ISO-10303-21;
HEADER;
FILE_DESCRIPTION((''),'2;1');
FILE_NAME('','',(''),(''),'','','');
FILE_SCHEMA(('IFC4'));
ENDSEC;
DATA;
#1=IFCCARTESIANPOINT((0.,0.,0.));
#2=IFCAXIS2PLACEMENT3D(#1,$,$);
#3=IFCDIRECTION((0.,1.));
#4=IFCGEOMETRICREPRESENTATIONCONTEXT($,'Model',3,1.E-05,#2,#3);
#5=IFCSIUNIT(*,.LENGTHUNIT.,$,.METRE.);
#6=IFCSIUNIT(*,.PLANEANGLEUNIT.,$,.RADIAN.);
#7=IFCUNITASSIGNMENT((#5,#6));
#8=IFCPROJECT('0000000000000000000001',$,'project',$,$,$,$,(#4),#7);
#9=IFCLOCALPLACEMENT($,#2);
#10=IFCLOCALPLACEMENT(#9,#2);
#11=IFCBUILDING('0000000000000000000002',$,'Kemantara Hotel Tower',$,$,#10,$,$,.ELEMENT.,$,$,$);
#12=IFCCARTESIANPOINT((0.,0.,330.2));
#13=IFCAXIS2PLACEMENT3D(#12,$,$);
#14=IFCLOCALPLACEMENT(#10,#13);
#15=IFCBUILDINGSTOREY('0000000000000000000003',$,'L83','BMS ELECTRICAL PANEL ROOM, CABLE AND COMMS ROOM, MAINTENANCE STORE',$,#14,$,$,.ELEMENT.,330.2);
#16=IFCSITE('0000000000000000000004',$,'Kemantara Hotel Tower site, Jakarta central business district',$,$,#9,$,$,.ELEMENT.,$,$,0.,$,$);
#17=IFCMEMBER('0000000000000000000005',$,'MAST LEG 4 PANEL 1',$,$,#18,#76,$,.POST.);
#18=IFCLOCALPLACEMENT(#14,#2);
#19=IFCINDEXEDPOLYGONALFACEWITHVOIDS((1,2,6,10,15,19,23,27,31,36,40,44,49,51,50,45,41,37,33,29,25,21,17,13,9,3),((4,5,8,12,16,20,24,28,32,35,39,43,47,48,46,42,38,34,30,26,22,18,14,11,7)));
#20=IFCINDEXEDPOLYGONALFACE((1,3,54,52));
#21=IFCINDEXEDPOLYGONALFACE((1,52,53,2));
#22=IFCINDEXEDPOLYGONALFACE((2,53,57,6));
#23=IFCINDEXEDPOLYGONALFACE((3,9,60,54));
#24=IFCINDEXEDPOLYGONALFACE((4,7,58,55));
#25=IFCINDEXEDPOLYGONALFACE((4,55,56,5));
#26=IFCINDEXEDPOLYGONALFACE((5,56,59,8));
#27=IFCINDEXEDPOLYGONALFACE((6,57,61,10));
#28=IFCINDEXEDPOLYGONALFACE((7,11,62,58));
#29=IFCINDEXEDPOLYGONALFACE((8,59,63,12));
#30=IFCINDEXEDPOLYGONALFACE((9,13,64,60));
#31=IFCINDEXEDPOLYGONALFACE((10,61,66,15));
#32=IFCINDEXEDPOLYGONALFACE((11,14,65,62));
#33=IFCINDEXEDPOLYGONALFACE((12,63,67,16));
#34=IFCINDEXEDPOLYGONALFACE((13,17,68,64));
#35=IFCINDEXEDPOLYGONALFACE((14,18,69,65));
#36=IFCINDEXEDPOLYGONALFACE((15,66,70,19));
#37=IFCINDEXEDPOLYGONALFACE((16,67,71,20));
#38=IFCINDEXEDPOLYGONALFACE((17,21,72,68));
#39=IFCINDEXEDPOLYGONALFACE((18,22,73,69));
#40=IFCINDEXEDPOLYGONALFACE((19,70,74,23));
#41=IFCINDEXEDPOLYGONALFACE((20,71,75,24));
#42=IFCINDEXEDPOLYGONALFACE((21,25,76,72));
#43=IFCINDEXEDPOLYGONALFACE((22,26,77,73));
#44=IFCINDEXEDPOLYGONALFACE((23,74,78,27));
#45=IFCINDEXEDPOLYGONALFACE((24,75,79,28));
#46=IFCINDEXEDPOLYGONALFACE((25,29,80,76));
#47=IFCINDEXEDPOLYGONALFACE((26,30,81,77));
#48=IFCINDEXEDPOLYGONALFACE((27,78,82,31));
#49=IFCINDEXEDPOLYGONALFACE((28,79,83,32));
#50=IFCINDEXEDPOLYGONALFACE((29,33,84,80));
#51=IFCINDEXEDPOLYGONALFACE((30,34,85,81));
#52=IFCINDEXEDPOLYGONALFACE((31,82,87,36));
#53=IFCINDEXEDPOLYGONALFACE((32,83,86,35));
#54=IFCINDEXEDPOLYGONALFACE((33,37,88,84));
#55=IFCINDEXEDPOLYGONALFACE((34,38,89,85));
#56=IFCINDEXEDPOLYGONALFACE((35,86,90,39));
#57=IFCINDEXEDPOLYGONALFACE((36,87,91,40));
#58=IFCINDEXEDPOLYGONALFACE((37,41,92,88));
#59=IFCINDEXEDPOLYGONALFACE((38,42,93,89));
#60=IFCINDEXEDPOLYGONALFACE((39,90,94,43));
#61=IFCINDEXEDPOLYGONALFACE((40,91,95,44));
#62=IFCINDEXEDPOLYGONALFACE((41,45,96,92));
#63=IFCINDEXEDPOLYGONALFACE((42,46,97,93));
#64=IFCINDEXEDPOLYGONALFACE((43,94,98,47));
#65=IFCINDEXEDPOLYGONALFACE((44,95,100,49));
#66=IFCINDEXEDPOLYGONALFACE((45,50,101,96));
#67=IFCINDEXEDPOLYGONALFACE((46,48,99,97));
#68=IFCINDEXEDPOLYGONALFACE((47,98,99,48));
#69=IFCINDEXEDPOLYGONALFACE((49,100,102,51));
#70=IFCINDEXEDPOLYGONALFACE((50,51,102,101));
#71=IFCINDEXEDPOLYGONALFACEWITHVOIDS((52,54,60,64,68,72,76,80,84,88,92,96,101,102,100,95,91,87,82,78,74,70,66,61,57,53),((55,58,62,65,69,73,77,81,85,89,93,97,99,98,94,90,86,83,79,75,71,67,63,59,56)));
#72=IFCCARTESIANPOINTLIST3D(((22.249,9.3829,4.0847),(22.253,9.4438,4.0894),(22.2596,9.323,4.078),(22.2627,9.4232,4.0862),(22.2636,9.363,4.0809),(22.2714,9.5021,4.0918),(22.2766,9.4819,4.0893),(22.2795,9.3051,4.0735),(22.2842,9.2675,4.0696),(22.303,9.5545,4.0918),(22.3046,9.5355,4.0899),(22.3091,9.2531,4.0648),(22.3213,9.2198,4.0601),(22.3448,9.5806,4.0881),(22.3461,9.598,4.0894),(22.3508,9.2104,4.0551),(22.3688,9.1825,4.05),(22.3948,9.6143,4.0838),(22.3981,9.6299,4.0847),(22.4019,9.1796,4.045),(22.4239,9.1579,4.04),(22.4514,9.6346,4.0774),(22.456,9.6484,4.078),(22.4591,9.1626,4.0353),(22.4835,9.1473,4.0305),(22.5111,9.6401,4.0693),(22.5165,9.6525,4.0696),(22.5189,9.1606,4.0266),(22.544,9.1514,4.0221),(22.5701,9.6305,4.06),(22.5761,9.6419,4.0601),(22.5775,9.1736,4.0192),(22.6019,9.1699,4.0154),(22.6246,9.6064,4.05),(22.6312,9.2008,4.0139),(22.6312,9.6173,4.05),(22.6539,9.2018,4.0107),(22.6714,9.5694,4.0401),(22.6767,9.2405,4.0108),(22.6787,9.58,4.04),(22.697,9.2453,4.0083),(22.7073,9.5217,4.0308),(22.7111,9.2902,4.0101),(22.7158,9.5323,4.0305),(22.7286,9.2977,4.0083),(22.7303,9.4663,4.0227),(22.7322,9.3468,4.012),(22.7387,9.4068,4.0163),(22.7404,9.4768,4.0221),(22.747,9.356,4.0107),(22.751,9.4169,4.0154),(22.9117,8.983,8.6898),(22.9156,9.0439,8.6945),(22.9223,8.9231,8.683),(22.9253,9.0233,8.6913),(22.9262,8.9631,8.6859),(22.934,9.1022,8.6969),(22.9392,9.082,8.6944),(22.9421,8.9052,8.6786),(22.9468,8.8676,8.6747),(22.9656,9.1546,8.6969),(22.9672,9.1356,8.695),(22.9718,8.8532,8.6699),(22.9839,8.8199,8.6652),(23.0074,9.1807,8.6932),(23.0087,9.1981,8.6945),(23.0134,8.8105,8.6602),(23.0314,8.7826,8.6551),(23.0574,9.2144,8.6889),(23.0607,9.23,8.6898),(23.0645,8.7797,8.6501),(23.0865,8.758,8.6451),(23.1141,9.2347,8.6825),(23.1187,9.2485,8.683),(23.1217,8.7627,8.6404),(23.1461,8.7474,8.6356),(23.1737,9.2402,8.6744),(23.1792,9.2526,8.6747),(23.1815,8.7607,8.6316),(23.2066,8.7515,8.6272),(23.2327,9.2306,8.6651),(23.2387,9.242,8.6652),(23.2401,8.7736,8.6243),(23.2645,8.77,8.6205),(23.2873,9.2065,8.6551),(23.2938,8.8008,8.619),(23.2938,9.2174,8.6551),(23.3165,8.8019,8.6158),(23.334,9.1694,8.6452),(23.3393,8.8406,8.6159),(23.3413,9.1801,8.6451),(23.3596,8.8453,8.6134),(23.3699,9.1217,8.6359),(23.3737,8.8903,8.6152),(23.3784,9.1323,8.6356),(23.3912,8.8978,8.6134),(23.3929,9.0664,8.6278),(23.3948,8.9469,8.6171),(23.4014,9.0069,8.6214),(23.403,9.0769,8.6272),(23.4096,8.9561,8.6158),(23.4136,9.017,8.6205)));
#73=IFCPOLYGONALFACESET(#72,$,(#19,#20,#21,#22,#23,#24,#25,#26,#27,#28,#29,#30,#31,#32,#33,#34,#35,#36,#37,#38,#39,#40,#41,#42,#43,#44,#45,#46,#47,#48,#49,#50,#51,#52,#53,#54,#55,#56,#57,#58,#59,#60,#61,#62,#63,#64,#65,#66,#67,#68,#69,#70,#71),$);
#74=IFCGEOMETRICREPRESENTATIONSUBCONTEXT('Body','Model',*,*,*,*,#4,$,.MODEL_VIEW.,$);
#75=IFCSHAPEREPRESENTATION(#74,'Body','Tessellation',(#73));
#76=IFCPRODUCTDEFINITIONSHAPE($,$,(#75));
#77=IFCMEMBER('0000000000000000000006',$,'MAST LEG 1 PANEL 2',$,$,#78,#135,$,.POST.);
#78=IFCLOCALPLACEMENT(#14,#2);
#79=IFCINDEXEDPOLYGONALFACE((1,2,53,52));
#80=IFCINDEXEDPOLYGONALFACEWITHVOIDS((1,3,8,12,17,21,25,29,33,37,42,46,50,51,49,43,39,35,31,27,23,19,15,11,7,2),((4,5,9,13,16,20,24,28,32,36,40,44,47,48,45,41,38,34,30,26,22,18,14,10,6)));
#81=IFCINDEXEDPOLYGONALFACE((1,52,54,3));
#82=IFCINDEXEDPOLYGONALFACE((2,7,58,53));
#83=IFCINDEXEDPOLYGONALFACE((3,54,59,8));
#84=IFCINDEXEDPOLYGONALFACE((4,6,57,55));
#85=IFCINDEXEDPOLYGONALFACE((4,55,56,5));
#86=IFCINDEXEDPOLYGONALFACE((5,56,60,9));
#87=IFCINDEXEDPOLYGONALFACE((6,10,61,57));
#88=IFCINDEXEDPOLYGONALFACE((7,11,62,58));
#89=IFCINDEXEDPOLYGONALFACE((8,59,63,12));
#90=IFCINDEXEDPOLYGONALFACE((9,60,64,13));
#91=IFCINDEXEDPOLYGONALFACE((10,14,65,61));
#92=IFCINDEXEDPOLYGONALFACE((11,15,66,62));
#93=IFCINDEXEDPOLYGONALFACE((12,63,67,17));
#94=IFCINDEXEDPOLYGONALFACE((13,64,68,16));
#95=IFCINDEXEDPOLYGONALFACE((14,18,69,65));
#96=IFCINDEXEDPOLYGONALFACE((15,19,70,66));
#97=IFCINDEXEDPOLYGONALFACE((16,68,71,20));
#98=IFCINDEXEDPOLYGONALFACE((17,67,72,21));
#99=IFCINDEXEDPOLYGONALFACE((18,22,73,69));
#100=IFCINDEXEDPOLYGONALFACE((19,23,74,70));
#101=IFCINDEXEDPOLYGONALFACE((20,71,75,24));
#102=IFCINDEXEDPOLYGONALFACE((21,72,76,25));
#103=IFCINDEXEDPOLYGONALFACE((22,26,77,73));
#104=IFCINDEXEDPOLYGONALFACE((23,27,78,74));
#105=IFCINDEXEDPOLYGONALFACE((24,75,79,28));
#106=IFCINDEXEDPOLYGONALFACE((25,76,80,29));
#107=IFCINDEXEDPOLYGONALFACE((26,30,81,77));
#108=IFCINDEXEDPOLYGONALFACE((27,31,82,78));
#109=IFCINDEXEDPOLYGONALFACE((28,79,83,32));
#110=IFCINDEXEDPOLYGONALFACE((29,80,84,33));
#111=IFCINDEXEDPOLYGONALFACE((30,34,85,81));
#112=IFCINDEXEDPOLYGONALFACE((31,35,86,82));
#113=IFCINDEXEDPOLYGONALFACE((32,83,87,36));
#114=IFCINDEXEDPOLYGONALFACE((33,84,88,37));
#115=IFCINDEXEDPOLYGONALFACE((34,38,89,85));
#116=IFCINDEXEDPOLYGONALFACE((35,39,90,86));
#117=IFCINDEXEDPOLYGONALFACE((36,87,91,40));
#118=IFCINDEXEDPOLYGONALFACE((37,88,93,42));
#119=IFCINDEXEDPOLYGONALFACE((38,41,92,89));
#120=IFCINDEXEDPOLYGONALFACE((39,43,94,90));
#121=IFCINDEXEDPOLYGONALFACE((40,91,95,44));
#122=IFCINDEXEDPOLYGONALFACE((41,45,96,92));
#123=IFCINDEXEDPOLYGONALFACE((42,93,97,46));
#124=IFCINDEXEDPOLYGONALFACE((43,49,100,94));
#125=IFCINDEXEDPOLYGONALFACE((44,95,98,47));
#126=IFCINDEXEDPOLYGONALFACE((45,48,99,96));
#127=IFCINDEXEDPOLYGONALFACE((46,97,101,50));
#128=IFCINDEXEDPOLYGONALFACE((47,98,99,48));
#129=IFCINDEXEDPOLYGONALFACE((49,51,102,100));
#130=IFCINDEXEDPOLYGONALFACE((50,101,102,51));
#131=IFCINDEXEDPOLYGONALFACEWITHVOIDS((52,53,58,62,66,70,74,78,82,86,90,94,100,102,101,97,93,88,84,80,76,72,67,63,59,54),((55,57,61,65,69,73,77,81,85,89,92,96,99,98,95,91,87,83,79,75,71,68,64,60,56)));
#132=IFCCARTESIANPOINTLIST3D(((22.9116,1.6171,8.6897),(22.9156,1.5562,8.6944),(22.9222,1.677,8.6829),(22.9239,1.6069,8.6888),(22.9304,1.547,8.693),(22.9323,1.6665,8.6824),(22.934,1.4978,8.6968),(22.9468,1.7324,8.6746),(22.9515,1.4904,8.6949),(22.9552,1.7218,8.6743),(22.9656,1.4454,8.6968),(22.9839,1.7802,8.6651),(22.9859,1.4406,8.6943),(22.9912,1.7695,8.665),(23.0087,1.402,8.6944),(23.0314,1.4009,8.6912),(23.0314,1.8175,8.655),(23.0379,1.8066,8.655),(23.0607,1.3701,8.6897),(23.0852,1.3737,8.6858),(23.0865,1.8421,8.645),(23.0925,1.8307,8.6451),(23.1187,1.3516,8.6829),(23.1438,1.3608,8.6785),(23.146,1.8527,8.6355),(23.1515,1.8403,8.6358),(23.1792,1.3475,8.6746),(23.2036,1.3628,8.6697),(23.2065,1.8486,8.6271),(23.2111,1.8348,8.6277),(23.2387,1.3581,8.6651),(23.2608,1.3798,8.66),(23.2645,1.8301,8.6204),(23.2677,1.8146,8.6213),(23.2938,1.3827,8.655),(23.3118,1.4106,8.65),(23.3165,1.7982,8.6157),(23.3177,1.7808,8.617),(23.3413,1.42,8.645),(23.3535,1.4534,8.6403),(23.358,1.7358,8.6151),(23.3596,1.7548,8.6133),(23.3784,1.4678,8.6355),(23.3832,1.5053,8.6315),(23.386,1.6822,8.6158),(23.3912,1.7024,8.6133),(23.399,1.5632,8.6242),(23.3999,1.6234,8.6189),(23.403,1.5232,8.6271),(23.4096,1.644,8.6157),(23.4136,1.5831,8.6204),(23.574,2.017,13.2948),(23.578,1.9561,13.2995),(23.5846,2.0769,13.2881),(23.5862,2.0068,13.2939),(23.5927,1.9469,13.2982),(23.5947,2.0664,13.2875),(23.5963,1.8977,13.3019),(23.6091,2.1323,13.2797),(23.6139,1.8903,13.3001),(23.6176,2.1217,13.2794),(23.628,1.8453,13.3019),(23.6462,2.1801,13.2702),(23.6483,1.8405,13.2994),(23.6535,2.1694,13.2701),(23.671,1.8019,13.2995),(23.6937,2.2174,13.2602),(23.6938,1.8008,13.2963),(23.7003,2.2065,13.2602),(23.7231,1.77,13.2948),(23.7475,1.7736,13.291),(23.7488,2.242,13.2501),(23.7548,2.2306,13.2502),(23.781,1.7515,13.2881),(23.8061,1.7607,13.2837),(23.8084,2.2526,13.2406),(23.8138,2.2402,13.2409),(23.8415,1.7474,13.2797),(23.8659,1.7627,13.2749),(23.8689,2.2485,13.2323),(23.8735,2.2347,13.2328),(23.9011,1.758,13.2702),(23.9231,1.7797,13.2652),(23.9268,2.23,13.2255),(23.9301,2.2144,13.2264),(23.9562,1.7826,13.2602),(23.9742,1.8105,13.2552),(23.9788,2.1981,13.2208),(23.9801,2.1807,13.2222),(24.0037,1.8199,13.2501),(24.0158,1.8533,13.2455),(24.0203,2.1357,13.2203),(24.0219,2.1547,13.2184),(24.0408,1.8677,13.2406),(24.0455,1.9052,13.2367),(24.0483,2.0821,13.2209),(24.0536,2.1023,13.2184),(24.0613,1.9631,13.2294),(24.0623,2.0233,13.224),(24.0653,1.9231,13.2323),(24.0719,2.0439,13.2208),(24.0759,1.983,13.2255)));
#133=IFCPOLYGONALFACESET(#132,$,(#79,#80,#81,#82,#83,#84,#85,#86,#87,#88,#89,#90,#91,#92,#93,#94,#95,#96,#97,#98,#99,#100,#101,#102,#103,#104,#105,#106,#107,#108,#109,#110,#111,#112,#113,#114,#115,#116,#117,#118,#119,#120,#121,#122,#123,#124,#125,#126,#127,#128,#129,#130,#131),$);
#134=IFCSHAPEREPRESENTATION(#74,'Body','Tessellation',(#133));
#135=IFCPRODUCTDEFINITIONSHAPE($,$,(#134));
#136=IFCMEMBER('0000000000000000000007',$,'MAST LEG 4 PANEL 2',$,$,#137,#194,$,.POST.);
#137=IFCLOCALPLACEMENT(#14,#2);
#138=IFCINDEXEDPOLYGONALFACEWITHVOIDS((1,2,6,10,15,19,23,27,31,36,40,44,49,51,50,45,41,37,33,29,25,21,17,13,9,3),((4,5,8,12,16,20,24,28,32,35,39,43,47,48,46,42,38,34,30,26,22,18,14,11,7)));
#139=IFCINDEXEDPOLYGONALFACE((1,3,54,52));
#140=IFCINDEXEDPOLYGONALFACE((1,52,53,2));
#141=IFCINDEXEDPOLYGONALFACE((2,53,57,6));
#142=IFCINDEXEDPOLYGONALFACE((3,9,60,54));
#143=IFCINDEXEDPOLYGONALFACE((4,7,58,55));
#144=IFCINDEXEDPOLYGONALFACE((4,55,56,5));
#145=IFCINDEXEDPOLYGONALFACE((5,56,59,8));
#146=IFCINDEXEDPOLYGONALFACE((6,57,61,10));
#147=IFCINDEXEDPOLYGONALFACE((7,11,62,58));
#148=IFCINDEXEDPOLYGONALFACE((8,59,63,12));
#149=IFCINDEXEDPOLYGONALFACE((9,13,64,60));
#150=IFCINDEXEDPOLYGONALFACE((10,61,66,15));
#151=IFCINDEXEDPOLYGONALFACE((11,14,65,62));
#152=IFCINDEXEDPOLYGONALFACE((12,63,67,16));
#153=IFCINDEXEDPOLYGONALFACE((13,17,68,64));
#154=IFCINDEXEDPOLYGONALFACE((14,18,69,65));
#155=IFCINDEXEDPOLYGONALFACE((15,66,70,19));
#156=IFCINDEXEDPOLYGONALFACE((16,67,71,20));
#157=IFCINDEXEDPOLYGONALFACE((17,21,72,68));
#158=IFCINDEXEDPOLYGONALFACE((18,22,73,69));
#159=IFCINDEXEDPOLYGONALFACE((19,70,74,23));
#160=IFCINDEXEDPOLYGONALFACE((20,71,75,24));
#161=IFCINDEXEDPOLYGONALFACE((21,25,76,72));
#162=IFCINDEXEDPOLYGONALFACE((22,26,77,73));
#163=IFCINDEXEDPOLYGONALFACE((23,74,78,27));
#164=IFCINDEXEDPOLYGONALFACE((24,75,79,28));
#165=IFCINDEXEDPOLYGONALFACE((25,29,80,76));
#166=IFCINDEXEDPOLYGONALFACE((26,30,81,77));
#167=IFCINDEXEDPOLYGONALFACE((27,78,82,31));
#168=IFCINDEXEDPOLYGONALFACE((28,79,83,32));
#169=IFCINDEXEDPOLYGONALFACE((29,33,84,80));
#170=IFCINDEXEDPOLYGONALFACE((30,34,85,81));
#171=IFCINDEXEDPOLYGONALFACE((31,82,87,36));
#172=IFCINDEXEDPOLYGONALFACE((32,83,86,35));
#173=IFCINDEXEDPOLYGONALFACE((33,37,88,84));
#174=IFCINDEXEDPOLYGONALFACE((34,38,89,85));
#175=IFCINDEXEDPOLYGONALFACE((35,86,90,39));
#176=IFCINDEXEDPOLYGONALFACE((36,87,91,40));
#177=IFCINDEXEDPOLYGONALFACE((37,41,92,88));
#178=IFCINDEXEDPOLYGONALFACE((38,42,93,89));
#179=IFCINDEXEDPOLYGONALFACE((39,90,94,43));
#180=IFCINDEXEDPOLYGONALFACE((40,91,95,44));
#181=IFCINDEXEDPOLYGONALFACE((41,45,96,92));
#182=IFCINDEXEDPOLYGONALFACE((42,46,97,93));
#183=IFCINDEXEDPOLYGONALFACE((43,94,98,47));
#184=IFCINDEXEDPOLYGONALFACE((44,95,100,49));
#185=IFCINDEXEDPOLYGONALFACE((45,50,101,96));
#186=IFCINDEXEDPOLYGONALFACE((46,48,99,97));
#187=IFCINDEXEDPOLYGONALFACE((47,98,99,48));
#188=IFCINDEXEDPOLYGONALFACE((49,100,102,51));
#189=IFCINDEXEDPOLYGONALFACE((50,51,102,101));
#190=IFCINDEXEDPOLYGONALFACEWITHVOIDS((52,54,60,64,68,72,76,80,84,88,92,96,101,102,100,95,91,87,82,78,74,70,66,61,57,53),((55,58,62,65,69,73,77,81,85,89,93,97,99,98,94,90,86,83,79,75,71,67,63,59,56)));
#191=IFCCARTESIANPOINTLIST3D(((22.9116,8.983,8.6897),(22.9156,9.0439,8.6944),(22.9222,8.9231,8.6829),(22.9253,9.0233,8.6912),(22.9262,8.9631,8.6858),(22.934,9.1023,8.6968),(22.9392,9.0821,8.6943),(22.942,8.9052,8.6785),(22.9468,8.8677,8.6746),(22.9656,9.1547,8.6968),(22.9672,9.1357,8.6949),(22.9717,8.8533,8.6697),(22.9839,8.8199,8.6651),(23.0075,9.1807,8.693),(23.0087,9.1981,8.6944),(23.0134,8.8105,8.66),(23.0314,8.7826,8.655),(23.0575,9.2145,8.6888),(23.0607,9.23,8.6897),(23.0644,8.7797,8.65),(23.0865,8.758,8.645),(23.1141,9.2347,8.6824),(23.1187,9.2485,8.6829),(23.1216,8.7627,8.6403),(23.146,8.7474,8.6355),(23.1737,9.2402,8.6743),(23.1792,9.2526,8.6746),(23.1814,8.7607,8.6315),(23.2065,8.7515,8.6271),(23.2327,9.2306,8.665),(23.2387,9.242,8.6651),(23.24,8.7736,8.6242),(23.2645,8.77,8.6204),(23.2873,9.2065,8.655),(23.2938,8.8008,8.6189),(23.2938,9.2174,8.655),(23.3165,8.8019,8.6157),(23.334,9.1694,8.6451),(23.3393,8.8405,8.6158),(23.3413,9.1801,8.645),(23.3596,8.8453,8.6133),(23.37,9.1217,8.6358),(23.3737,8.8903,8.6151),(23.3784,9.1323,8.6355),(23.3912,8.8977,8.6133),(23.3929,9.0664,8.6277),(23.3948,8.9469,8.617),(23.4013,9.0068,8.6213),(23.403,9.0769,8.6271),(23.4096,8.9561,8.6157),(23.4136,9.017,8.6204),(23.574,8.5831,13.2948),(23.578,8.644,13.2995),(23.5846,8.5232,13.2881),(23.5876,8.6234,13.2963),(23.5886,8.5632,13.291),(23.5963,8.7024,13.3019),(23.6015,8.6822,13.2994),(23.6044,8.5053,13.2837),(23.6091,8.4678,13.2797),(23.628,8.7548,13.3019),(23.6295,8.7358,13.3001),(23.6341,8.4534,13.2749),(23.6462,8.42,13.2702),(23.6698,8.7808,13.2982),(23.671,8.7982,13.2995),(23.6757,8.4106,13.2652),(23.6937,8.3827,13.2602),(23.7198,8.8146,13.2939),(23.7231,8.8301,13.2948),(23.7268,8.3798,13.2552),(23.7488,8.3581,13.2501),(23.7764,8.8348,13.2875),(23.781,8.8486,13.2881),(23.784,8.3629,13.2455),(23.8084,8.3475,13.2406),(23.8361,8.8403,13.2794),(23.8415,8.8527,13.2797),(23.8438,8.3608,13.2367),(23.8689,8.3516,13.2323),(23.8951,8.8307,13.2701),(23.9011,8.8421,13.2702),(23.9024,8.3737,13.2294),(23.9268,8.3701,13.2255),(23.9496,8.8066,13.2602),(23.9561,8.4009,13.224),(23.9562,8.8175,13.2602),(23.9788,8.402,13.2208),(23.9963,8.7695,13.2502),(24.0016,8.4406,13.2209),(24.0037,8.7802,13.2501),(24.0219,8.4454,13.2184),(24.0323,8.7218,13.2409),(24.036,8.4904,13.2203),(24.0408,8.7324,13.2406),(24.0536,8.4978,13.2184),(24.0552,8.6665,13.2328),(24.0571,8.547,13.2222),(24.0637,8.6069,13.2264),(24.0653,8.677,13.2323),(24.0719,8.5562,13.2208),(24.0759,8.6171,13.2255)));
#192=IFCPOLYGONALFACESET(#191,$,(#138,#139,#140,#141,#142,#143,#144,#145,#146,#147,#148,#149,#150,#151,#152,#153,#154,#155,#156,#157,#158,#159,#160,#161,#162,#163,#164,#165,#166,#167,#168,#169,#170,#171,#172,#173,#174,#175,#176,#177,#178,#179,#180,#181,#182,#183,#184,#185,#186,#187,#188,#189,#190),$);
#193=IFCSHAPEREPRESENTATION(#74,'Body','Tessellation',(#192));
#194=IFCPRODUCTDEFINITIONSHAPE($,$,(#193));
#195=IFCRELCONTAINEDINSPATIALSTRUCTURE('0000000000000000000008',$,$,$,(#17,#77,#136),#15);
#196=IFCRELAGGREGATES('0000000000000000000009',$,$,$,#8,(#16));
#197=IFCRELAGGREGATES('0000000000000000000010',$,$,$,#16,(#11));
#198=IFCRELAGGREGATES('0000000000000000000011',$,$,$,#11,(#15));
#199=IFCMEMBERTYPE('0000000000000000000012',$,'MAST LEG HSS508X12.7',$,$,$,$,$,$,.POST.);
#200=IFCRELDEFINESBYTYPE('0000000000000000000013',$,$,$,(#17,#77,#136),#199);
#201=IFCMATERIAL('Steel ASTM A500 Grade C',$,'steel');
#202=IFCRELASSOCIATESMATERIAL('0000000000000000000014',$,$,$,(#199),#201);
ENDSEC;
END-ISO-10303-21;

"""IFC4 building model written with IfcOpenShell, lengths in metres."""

from ifc_helpers import new_model, si_unit, direction, frame, origin, origin_2d, place, context, subcontext, project, spatial, hollow_circle, extrude, material, material_profile, profile_set, type_object, element, save


model = new_model("IFC4")

# Units and contexts
model_context = context("Model", 3, precision=1e-05, world=origin(), true_north=direction((0.0, 1.0)))
body_context = subcontext(model_context, "Body", "Model", "MODEL_VIEW")
ifc_project = project(units=[si_unit("LENGTHUNIT", "METRE"), si_unit("PLANEANGLEUNIT", "RADIAN")], contexts=[model_context])

# Site, building, storey
site_placement = place(None, origin())
site = spatial("IfcSite", under=ifc_project, at=site_placement, Name="Kemantara Hotel Tower site, Jakarta central business district", CompositionType="ELEMENT", RefElevation=0.0)
building_placement = place(site_placement, origin())
building = spatial("IfcBuilding", under=site, at=building_placement, Name="Kemantara Hotel Tower", CompositionType="ELEMENT")
storey_placement = place(building_placement, frame((0.0, 0.0, 330.2)))
storey = spatial("IfcBuildingStorey", under=building, at=storey_placement, Name="L83", Description="BMS ELECTRICAL PANEL ROOM, CABLE AND COMMS ROOM, MAINTENANCE STORE", CompositionType="ELEMENT", Elevation=330.2)

# Members
ifc_material_1 = material(Name="Steel ASTM A500 Grade C", Category="steel")
ifc_material_profile_1 = material_profile(ifc_material_1, hollow_circle(Radius=0.2539, WallThickness=0.0127, at=origin_2d()), Name="HSS508X12.7")
ifc_profile_set_1 = profile_set([ifc_material_profile_1], Name="Steel ASTM A500 Grade C")
member_type_1 = type_object("IfcMemberType", Name="MAST LEG HSS508X12.7", PredefinedType="POST", material=ifc_profile_set_1)
for number, where, z_axis, x_axis, name in (
    (1, (22.5, 9.3999, 4.05), (0.141897, -0.08564, 0.98617), (0.516721, 0.856154, 0.0), "MAST LEG 4 PANEL 1"),
    (2, (23.1626, 1.6001, 8.655), (0.141839, 0.085636, 0.986179), (-0.51686, 0.85607, 0.0), "MAST LEG 1 PANEL 2"),
    (3, (23.1626, 9.0, 8.655), (0.141839, -0.085636, 0.986179), (0.51686, 0.85607, 0.0), "MAST LEG 4 PANEL 2"),
):
    element("IfcMember", number, at=place(storey_placement, frame(where, z_axis=z_axis, x_axis=x_axis)), inside=storey, type_object=member_type_1, Name=name, PredefinedType="POST", context=body_context, shape_type="SweptSolid", body=[
        extrude(hollow_circle(Radius=0.2539, WallThickness=0.0127, at=origin_2d()), origin(), (0.0, 0.0, 1.0), 4.6697),
    ])

save(model, "model.ifc")
